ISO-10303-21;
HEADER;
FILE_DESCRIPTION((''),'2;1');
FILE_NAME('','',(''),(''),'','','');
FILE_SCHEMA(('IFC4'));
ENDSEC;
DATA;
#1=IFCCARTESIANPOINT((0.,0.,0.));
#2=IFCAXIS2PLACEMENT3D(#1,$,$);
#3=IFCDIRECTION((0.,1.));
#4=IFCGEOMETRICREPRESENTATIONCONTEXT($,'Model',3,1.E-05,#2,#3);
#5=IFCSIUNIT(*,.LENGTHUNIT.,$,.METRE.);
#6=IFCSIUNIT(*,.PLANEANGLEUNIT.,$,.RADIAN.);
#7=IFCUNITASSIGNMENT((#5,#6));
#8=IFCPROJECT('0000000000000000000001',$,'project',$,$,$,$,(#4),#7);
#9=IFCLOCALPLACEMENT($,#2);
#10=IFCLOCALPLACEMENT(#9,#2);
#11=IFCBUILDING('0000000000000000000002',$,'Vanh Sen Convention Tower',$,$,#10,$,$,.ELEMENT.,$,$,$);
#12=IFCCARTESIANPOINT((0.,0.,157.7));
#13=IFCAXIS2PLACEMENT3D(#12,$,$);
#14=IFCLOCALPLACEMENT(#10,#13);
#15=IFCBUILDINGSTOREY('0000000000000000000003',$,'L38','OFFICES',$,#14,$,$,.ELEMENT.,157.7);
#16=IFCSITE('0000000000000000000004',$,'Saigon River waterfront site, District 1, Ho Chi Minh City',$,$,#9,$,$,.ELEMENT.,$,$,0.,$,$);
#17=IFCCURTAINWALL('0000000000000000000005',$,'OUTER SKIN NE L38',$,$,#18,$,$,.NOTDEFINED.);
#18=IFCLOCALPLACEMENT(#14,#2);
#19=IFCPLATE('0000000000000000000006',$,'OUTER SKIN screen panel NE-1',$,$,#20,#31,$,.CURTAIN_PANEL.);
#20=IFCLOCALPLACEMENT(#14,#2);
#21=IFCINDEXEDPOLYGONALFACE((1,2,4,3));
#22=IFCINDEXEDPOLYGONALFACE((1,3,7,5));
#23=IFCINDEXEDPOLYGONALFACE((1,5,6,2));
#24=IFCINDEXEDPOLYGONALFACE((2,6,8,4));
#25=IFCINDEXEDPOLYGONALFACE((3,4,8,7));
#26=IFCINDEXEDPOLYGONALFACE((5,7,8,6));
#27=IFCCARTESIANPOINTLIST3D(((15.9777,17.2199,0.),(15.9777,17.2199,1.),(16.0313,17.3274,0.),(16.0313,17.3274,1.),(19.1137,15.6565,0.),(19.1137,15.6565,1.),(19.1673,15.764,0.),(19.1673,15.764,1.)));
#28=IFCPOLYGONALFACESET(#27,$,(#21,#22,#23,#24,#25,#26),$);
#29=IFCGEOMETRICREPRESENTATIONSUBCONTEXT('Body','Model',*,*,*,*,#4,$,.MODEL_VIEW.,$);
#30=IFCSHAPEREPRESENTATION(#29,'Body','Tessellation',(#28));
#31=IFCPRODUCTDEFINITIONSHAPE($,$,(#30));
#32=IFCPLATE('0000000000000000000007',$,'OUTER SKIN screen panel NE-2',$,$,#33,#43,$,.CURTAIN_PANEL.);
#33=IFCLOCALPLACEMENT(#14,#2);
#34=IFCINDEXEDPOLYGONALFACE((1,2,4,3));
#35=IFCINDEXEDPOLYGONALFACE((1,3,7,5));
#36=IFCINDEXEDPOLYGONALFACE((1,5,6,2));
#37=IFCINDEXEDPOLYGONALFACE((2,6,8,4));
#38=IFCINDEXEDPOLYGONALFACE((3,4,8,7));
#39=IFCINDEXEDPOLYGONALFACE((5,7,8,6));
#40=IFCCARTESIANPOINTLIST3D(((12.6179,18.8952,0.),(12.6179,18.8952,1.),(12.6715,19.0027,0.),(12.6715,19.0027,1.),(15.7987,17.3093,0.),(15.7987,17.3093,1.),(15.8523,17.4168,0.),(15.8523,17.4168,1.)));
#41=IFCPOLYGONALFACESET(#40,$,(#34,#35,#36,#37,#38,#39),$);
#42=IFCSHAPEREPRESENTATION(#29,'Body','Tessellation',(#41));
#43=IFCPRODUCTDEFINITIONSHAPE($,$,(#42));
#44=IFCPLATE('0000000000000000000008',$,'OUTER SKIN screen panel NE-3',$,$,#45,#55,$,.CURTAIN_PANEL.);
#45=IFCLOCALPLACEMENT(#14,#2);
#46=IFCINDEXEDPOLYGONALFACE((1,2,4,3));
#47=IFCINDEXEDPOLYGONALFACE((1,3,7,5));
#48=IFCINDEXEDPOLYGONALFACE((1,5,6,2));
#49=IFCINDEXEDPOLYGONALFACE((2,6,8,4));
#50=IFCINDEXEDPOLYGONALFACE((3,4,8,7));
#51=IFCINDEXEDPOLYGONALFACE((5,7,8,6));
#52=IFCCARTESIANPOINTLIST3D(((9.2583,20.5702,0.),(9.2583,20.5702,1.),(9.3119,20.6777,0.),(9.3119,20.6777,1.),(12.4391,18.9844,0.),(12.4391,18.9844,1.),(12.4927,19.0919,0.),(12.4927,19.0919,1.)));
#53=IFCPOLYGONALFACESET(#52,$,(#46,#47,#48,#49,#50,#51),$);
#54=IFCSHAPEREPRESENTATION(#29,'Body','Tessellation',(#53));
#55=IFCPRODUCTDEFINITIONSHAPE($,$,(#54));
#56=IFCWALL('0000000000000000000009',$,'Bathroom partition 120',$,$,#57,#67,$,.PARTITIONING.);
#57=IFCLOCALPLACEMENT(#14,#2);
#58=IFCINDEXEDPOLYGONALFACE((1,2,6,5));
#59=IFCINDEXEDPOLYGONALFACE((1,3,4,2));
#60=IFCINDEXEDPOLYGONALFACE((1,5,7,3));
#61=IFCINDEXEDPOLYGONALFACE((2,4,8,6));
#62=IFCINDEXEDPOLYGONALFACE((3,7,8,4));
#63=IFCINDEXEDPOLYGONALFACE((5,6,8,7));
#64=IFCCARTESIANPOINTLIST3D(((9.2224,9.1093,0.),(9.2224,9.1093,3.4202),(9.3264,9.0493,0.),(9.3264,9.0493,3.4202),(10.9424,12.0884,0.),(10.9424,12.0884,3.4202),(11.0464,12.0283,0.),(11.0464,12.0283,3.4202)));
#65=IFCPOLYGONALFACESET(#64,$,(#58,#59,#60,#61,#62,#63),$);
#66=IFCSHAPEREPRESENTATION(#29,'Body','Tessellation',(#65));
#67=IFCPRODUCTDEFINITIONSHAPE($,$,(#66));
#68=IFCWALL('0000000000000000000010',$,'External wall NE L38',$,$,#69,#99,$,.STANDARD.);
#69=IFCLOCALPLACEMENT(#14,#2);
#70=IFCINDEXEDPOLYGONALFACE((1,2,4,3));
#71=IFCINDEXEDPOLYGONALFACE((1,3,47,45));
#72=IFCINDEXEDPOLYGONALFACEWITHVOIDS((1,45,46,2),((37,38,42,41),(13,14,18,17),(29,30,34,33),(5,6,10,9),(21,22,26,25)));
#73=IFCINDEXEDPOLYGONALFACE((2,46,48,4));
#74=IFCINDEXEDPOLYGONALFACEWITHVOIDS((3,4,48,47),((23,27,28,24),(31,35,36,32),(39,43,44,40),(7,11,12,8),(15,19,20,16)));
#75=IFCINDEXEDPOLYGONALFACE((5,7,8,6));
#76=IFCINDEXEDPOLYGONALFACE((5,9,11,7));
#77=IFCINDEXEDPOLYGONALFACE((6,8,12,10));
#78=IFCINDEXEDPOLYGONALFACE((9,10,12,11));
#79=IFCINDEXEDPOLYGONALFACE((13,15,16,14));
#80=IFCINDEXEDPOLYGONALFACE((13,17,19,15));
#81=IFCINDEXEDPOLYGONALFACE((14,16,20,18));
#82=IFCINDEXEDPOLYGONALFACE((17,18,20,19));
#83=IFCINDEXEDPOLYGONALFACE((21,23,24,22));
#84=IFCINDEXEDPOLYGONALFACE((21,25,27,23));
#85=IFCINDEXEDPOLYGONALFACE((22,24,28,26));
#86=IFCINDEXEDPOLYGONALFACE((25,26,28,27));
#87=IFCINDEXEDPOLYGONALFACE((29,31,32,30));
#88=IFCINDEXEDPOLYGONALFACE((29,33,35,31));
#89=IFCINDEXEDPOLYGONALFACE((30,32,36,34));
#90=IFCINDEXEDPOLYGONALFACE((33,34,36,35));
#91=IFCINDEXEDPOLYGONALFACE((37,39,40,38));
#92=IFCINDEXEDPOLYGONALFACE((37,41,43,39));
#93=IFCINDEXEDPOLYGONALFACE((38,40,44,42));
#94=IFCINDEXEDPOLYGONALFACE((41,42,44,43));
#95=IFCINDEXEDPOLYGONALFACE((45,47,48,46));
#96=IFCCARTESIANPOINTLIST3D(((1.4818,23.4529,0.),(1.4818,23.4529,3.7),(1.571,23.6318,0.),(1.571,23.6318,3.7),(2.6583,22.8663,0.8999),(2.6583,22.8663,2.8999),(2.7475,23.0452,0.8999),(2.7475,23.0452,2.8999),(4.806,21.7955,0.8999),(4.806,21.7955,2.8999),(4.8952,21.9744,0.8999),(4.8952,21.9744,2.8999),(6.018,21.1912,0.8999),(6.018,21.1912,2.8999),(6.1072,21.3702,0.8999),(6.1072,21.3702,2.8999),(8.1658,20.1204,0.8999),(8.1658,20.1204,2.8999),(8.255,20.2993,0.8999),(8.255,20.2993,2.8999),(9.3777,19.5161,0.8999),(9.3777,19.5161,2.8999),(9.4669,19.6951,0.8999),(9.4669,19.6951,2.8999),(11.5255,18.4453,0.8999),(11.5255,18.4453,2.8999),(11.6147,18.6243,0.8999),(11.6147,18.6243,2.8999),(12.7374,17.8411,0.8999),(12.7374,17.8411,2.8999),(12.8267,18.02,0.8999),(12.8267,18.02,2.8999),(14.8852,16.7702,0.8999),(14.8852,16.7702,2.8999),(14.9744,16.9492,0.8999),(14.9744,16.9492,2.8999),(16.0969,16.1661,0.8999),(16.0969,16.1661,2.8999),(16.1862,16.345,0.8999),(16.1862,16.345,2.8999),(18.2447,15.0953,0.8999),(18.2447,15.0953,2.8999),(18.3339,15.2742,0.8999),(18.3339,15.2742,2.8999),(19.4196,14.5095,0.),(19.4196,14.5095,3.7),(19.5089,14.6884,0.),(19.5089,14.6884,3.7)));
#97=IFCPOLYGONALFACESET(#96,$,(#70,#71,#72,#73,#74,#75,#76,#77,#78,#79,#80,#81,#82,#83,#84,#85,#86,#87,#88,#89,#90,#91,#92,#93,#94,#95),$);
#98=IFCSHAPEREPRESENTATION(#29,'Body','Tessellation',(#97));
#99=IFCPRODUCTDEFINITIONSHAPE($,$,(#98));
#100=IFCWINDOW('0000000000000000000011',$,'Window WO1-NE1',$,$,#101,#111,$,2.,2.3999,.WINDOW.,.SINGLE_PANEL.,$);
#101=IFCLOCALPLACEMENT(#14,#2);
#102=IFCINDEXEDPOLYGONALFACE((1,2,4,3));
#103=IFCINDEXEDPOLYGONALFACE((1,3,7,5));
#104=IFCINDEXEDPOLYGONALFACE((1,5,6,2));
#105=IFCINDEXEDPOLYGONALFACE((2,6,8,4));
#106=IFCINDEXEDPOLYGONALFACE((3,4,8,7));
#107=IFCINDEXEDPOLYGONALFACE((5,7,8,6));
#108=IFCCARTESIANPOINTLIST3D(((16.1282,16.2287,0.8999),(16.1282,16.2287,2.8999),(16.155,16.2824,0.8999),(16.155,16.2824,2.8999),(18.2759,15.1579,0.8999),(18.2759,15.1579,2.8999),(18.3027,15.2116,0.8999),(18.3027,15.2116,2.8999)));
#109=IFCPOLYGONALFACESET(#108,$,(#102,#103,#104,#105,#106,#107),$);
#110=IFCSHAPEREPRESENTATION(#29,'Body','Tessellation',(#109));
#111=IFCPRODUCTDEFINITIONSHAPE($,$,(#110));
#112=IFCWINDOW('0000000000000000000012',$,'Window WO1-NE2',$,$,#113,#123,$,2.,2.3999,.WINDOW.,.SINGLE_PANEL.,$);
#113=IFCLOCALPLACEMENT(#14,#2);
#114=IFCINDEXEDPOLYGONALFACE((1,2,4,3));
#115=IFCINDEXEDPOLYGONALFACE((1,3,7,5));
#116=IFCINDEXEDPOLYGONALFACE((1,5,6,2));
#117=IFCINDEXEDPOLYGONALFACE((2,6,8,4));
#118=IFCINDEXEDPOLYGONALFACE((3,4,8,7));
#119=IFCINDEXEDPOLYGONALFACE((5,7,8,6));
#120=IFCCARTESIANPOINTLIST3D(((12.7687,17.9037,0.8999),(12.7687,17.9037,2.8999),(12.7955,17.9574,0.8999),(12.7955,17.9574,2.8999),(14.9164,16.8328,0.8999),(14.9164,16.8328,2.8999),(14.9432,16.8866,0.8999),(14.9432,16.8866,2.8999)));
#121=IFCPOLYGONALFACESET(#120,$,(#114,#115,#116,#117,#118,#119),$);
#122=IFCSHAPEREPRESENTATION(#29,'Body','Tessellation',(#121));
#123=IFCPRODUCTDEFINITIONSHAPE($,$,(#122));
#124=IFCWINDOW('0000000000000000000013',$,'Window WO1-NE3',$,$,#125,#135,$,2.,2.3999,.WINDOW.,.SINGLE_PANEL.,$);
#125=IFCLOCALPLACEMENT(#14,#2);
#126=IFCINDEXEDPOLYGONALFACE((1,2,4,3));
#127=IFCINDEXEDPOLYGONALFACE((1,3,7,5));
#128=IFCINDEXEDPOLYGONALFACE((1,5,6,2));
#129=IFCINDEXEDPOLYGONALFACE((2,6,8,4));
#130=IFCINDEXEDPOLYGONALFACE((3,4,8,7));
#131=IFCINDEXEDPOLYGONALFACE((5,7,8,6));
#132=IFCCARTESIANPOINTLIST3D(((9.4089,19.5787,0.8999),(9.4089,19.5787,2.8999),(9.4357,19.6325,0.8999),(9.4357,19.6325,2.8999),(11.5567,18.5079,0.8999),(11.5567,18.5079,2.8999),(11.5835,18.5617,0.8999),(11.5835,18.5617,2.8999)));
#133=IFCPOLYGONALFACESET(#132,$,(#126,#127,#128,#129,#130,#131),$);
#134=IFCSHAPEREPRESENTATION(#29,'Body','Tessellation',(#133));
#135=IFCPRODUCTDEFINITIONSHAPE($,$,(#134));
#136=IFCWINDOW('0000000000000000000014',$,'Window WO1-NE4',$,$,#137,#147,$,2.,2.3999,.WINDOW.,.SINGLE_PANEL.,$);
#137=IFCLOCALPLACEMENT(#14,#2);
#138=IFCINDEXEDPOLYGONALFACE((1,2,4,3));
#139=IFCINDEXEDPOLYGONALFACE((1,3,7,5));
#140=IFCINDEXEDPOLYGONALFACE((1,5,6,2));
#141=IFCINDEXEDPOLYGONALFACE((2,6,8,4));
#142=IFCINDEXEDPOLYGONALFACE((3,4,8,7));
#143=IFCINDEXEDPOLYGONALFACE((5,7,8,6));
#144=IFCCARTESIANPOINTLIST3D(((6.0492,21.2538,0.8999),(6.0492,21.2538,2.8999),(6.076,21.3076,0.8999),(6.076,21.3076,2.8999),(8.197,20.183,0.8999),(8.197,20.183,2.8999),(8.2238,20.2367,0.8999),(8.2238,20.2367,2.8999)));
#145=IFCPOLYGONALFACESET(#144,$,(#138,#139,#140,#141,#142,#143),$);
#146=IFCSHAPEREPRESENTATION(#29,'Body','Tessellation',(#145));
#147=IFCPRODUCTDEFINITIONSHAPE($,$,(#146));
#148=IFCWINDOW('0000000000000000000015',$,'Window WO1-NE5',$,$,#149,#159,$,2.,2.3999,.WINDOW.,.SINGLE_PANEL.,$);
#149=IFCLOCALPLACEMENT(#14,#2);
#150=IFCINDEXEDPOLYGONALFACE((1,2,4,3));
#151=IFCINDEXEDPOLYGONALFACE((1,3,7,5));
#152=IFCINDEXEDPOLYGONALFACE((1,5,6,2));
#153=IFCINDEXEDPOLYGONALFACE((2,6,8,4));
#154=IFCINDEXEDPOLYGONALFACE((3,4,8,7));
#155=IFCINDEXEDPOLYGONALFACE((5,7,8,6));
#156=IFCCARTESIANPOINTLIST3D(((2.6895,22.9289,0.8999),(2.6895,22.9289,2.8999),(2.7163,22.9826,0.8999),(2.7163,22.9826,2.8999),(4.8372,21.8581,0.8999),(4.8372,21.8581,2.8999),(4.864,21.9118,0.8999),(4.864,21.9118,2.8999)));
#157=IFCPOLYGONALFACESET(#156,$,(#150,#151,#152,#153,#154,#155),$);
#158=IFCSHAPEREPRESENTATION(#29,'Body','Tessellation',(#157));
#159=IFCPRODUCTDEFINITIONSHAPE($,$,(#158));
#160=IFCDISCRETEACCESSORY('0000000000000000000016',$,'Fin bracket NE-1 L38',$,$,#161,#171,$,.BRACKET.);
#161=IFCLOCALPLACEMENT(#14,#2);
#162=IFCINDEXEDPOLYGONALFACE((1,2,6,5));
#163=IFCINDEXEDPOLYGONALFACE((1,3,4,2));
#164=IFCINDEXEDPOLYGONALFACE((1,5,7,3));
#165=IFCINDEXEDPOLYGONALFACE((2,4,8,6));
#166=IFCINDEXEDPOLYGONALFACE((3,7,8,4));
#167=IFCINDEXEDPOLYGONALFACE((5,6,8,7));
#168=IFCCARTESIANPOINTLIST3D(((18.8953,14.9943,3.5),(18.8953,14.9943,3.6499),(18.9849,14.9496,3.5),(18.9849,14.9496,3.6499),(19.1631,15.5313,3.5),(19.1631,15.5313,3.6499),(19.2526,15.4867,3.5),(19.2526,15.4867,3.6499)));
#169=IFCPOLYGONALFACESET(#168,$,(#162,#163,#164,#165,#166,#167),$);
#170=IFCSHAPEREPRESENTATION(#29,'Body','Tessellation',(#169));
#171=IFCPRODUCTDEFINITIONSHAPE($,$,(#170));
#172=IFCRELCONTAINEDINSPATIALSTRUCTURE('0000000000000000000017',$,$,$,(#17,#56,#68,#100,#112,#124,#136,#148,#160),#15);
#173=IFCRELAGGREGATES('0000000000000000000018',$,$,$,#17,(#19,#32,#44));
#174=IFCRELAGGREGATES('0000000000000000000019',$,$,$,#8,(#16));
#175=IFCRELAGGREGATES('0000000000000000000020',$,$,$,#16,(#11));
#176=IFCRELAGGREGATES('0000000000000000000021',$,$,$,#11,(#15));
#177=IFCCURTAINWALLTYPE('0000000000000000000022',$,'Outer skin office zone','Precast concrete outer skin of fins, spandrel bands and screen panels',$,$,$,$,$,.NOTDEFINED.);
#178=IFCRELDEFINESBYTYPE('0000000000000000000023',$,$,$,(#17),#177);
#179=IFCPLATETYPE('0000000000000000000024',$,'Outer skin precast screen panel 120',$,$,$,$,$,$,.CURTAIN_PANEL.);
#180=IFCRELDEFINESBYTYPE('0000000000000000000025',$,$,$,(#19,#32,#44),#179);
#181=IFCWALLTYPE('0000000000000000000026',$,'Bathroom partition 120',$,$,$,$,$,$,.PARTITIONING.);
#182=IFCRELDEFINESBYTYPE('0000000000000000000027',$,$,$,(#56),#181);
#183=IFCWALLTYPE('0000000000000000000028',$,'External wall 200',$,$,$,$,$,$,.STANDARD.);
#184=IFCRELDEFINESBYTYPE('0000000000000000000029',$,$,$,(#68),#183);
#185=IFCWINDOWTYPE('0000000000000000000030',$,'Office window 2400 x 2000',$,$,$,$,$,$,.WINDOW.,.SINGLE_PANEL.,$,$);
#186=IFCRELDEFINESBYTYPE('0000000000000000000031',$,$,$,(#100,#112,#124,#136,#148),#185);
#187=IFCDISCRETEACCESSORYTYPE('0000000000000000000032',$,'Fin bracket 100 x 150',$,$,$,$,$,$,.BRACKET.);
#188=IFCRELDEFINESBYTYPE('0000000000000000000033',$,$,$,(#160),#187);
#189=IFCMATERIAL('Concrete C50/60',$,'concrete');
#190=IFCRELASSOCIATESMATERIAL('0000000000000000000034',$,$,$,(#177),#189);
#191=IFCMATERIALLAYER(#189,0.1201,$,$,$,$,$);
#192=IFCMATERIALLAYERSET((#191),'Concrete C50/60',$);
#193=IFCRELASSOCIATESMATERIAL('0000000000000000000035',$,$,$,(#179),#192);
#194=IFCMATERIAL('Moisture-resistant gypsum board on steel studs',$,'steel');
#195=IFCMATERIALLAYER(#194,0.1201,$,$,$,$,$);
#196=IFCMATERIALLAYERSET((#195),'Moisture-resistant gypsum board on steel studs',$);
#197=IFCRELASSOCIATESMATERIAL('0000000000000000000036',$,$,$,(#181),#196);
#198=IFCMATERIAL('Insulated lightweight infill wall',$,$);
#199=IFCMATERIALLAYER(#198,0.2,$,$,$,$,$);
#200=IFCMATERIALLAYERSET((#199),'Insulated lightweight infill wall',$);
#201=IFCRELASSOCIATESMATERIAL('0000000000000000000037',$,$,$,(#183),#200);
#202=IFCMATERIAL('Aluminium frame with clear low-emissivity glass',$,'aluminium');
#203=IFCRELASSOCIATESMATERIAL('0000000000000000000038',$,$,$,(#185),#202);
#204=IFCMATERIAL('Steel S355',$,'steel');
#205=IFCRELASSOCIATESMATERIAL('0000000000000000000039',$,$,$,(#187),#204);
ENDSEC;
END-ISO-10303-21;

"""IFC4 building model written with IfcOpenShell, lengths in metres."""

from ifc_helpers import new_model, si_unit, direction, frame, frame_2d, origin, origin_2d, place, context, subcontext, project, spatial, rectangle, extrude, material, layer, layer_set, type_object, element, fill, aggregate, save


model = new_model("IFC4")

# Units and contexts
model_context = context("Model", 3, precision=1e-05, world=origin(), true_north=direction((0.0, 1.0)))
body_context = subcontext(model_context, "Body", "Model", "MODEL_VIEW")
ifc_project = project(units=[si_unit("LENGTHUNIT", "METRE"), si_unit("PLANEANGLEUNIT", "RADIAN")], contexts=[model_context])

# Site, building, storey
site_placement = place(None, origin())
site = spatial("IfcSite", under=ifc_project, at=site_placement, Name="Saigon River waterfront site, District 1, Ho Chi Minh City", CompositionType="ELEMENT", RefElevation=0.0)
building_placement = place(site_placement, origin())
building = spatial("IfcBuilding", under=site, at=building_placement, Name="Vanh Sen Convention Tower", CompositionType="ELEMENT")
storey_placement = place(building_placement, frame((0.0, 0.0, 157.7)))
storey = spatial("IfcBuildingStorey", under=building, at=storey_placement, Name="L38", Description="OFFICES", CompositionType="ELEMENT", Elevation=157.7)

# Curtain wall
ifc_material_1 = material(Name="Concrete C50/60", Category="concrete")
curtain_wall_type = type_object("IfcCurtainWallType", Name="Outer skin office zone", Description="Precast concrete outer skin of fins, spandrel bands and screen panels", PredefinedType="NOTDEFINED", material=ifc_material_1)
curtain_wall_1_placement = place(storey_placement, origin())
curtain_wall_1 = element("IfcCurtainWall", 1, at=curtain_wall_1_placement, inside=storey, type_object=curtain_wall_type, Name="OUTER SKIN NE L38", PredefinedType="NOTDEFINED")

# Shared definitions
ifc_layer_1 = layer(ifc_material_1, 0.1201)
ifc_layer_set_1 = layer_set([ifc_layer_1], Name="Concrete C50/60")
plate_type = type_object("IfcPlateType", Name="Outer skin precast screen panel 120", PredefinedType="CURTAIN_PANEL", material=ifc_layer_set_1)

# Plates
plate_1_placement = place(storey_placement, frame((17.5725, 16.4919, 0.0), z_axis=(0.0, 0.0, 1.0), x_axis=(-0.894944, 0.446179, 0.0)))
plate_1 = element("IfcPlate", 2, at=plate_1_placement, type_object=plate_type, Name="OUTER SKIN screen panel NE-1", PredefinedType="CURTAIN_PANEL", context=body_context, shape_type="SweptSolid", body=[
    extrude(rectangle(XDim=3.5042, YDim=0.1201, at=origin_2d()), origin(), (0.0, 0.0, 1.0), 1.0),
])
plate_2_placement = place(storey_placement, frame((14.2351, 18.156, 0.0), z_axis=(0.0, 0.0, 1.0), x_axis=(-0.894933, 0.446201, 0.0)))
plate_2 = element("IfcPlate", 3, at=plate_2_placement, type_object=plate_type, Name="OUTER SKIN screen panel NE-2", PredefinedType="CURTAIN_PANEL", context=body_context, shape_type="SweptSolid", body=[
    extrude(rectangle(XDim=3.5542, YDim=0.1201, at=origin_2d()), origin(), (0.0, 0.0, 1.0), 1.0),
])
plate_3_placement = place(storey_placement, frame((10.8755, 19.8311, 0.0), z_axis=(0.0, 0.0, 1.0), x_axis=(-0.894933, 0.446201, 0.0)))
plate_3 = element("IfcPlate", 4, at=plate_3_placement, type_object=plate_type, Name="OUTER SKIN screen panel NE-3", PredefinedType="CURTAIN_PANEL", context=body_context, shape_type="SweptSolid", body=[
    extrude(rectangle(XDim=3.5542, YDim=0.1201, at=origin_2d()), origin(), (0.0, 0.0, 1.0), 1.0),
])
aggregate(curtain_wall_1, [plate_1, plate_2, plate_3])

# Wall
ifc_material_2 = material(Name="Moisture-resistant gypsum board on steel studs", Category="steel")
ifc_layer_2 = layer(ifc_material_2, 0.1201)
ifc_layer_set_2 = layer_set([ifc_layer_2], Name="Moisture-resistant gypsum board on steel studs")
wall_type_1 = type_object("IfcWallType", Name="Bathroom partition 120", PredefinedType="PARTITIONING", material=ifc_layer_set_2)
wall_1_placement = place(storey_placement, frame((10.9944, 12.0583, 0.0), z_axis=(0.0, 0.0, 1.0), x_axis=(-0.500009, -0.86602, 0.0)))
element("IfcWall", 5, at=wall_1_placement, inside=storey, type_object=wall_type_1, Name="Bathroom partition 120", PredefinedType="PARTITIONING", context=body_context, shape_type="SweptSolid", body=[
    extrude(rectangle(XDim=3.4399, YDim=0.1201, at=frame_2d((1.72, 0.0))), origin(), (0.0, 0.0, 1.0), 3.4202),
])

# Wall, openings, windows
ifc_material_3 = material(Name="Insulated lightweight infill wall")
ifc_layer_3 = layer(ifc_material_3, 0.2)
ifc_layer_set_3 = layer_set([ifc_layer_3], Name="Insulated lightweight infill wall")
wall_type_2 = type_object("IfcWallType", Name="External wall 200", PredefinedType="STANDARD", material=ifc_layer_set_3)
wall_2_placement = place(storey_placement, frame((19.4644, 14.5989, 0.0), z_axis=(0.0, 0.0, 1.0), x_axis=(-0.894936, 0.446195, 0.0)))
wall_2 = element("IfcWall", 6, at=wall_2_placement, inside=storey, type_object=wall_type_2, Name="External wall NE L38", PredefinedType="STANDARD", context=body_context, shape_type="SweptSolid", body=[
    extrude(rectangle(XDim=20.0437, YDim=0.2, at=frame_2d((10.022, 0.0))), origin(), (0.0, 0.0, 1.0), 3.7),
])
opening_1_placement = place(wall_2_placement, frame((1.313, 0.0, 0.8999)))
opening_1 = element("IfcOpeningElement", 7, at=opening_1_placement, cuts=wall_2, PredefinedType="OPENING", context=body_context, shape_type="SweptSolid", body=[
    extrude(rectangle(XDim=2.3999, YDim=2.0, at=frame_2d((1.2, 1.0))), frame((0.0, 0.1099, 0.0), z_axis=(0.0, -1.0, 0.0), x_axis=(1.0, 0.0, 0.0)), (0.0, 0.0, 1.0), 0.22),
])
opening_2_placement = place(wall_2_placement, frame((5.0669, 0.0, 0.8999)))
opening_2 = element("IfcOpeningElement", 8, at=opening_2_placement, cuts=wall_2, PredefinedType="OPENING", context=body_context, shape_type="SweptSolid", body=[
    extrude(rectangle(XDim=2.3999, YDim=2.0, at=frame_2d((1.2, 1.0))), frame((0.0, 0.1099, 0.0), z_axis=(0.0, -1.0, 0.0), x_axis=(1.0, 0.0, 0.0)), (0.0, 0.0, 1.0), 0.22),
])
opening_3_placement = place(wall_2_placement, frame((8.821, 0.0, 0.8999)))
opening_3 = element("IfcOpeningElement", 9, at=opening_3_placement, cuts=wall_2, PredefinedType="OPENING", context=body_context, shape_type="SweptSolid", body=[
    extrude(rectangle(XDim=2.3999, YDim=2.0, at=frame_2d((1.2, 1.0))), frame((0.0, 0.1099, 0.0), z_axis=(0.0, -1.0, 0.0), x_axis=(1.0, 0.0, 0.0)), (0.0, 0.0, 1.0), 0.22),
])
opening_4_placement = place(wall_2_placement, frame((12.5752, 0.0, 0.8999)))
opening_4 = element("IfcOpeningElement", 10, at=opening_4_placement, cuts=wall_2, PredefinedType="OPENING", context=body_context, shape_type="SweptSolid", body=[
    extrude(rectangle(XDim=2.3999, YDim=2.0, at=frame_2d((1.2, 1.0))), frame((0.0, 0.1099, 0.0), z_axis=(0.0, -1.0, 0.0), x_axis=(1.0, 0.0, 0.0)), (0.0, 0.0, 1.0), 0.22),
])
opening_5_placement = place(wall_2_placement, frame((16.3293, 0.0, 0.8999)))
opening_5 = element("IfcOpeningElement", 11, at=opening_5_placement, cuts=wall_2, PredefinedType="OPENING", context=body_context, shape_type="SweptSolid", body=[
    extrude(rectangle(XDim=2.3999, YDim=2.0, at=frame_2d((1.2, 1.0))), frame((0.0, 0.1099, 0.0), z_axis=(0.0, -1.0, 0.0), x_axis=(1.0, 0.0, 0.0)), (0.0, 0.0, 1.0), 0.22),
])
ifc_material_4 = material(Name="Aluminium frame with clear low-emissivity glass", Category="aluminium")
window_type = type_object("IfcWindowType", Name="Office window 2400 x 2000", PartitioningType="SINGLE_PANEL", PredefinedType="WINDOW", material=ifc_material_4)
window_1_placement = place(opening_1_placement, origin())
window_1 = element("IfcWindow", 12, at=window_1_placement, inside=storey, type_object=window_type, Name="Window WO1-NE1", OverallHeight=2.0, OverallWidth=2.3999, PartitioningType="SINGLE_PANEL", PredefinedType="WINDOW", context=body_context, shape_type="SweptSolid", body=[
    extrude(rectangle(XDim=2.3999, YDim=2.0, at=frame_2d((1.2, 1.0))), frame((0.0, 0.03, 0.0), z_axis=(0.0, -1.0, 0.0), x_axis=(1.0, 0.0, 0.0)), (0.0, 0.0, 1.0), 0.0601),
])
fill(opening_1, window_1)
window_2_placement = place(opening_2_placement, origin())
window_2 = element("IfcWindow", 13, at=window_2_placement, inside=storey, type_object=window_type, Name="Window WO1-NE2", OverallHeight=2.0, OverallWidth=2.3999, PartitioningType="SINGLE_PANEL", PredefinedType="WINDOW", context=body_context, shape_type="SweptSolid", body=[
    extrude(rectangle(XDim=2.3999, YDim=2.0, at=frame_2d((1.2, 1.0))), frame((0.0, 0.03, 0.0), z_axis=(0.0, -1.0, 0.0), x_axis=(1.0, 0.0, 0.0)), (0.0, 0.0, 1.0), 0.0601),
])
fill(opening_2, window_2)
window_3_placement = place(opening_3_placement, origin())
window_3 = element("IfcWindow", 14, at=window_3_placement, inside=storey, type_object=window_type, Name="Window WO1-NE3", OverallHeight=2.0, OverallWidth=2.3999, PartitioningType="SINGLE_PANEL", PredefinedType="WINDOW", context=body_context, shape_type="SweptSolid", body=[
    extrude(rectangle(XDim=2.3999, YDim=2.0, at=frame_2d((1.2, 1.0))), frame((0.0, 0.03, 0.0), z_axis=(0.0, -1.0, 0.0), x_axis=(1.0, 0.0, 0.0)), (0.0, 0.0, 1.0), 0.0601),
])
fill(opening_3, window_3)
window_4_placement = place(opening_4_placement, origin())
window_4 = element("IfcWindow", 15, at=window_4_placement, inside=storey, type_object=window_type, Name="Window WO1-NE4", OverallHeight=2.0, OverallWidth=2.3999, PartitioningType="SINGLE_PANEL", PredefinedType="WINDOW", context=body_context, shape_type="SweptSolid", body=[
    extrude(rectangle(XDim=2.3999, YDim=2.0, at=frame_2d((1.2, 1.0))), frame((0.0, 0.03, 0.0), z_axis=(0.0, -1.0, 0.0), x_axis=(1.0, 0.0, 0.0)), (0.0, 0.0, 1.0), 0.0601),
])
fill(opening_4, window_4)
window_5_placement = place(opening_5_placement, origin())
window_5 = element("IfcWindow", 16, at=window_5_placement, inside=storey, type_object=window_type, Name="Window WO1-NE5", OverallHeight=2.0, OverallWidth=2.3999, PartitioningType="SINGLE_PANEL", PredefinedType="WINDOW", context=body_context, shape_type="SweptSolid", body=[
    extrude(rectangle(XDim=2.3999, YDim=2.0, at=frame_2d((1.2, 1.0))), frame((0.0, 0.03, 0.0), z_axis=(0.0, -1.0, 0.0), x_axis=(1.0, 0.0, 0.0)), (0.0, 0.0, 1.0), 0.0601),
])
fill(opening_5, window_5)

# Discrete accessory
ifc_material_5 = material(Name="Steel S355", Category="steel")
discrete_accessory_type = type_object("IfcDiscreteAccessoryType", Name="Fin bracket 100 x 150", PredefinedType="BRACKET", material=ifc_material_5)
for number, where, z_axis, x_axis, name in (
    (17, (19.074, 15.2405, 3.5), (0.0, 0.0, 1.0), (0.446198, 0.894934, 0.0), "Fin bracket NE-1 L38"),
):
    element("IfcDiscreteAccessory", number, at=place(storey_placement, frame(where, z_axis=z_axis, x_axis=x_axis)), inside=storey, type_object=discrete_accessory_type, Name=name, PredefinedType="BRACKET", context=body_context, shape_type="SweptSolid", body=[
        extrude(rectangle(XDim=0.6001, YDim=0.1001, at=origin_2d()), origin(), (0.0, 0.0, 1.0), 0.1499),
    ])

save(model, "model.ifc")
